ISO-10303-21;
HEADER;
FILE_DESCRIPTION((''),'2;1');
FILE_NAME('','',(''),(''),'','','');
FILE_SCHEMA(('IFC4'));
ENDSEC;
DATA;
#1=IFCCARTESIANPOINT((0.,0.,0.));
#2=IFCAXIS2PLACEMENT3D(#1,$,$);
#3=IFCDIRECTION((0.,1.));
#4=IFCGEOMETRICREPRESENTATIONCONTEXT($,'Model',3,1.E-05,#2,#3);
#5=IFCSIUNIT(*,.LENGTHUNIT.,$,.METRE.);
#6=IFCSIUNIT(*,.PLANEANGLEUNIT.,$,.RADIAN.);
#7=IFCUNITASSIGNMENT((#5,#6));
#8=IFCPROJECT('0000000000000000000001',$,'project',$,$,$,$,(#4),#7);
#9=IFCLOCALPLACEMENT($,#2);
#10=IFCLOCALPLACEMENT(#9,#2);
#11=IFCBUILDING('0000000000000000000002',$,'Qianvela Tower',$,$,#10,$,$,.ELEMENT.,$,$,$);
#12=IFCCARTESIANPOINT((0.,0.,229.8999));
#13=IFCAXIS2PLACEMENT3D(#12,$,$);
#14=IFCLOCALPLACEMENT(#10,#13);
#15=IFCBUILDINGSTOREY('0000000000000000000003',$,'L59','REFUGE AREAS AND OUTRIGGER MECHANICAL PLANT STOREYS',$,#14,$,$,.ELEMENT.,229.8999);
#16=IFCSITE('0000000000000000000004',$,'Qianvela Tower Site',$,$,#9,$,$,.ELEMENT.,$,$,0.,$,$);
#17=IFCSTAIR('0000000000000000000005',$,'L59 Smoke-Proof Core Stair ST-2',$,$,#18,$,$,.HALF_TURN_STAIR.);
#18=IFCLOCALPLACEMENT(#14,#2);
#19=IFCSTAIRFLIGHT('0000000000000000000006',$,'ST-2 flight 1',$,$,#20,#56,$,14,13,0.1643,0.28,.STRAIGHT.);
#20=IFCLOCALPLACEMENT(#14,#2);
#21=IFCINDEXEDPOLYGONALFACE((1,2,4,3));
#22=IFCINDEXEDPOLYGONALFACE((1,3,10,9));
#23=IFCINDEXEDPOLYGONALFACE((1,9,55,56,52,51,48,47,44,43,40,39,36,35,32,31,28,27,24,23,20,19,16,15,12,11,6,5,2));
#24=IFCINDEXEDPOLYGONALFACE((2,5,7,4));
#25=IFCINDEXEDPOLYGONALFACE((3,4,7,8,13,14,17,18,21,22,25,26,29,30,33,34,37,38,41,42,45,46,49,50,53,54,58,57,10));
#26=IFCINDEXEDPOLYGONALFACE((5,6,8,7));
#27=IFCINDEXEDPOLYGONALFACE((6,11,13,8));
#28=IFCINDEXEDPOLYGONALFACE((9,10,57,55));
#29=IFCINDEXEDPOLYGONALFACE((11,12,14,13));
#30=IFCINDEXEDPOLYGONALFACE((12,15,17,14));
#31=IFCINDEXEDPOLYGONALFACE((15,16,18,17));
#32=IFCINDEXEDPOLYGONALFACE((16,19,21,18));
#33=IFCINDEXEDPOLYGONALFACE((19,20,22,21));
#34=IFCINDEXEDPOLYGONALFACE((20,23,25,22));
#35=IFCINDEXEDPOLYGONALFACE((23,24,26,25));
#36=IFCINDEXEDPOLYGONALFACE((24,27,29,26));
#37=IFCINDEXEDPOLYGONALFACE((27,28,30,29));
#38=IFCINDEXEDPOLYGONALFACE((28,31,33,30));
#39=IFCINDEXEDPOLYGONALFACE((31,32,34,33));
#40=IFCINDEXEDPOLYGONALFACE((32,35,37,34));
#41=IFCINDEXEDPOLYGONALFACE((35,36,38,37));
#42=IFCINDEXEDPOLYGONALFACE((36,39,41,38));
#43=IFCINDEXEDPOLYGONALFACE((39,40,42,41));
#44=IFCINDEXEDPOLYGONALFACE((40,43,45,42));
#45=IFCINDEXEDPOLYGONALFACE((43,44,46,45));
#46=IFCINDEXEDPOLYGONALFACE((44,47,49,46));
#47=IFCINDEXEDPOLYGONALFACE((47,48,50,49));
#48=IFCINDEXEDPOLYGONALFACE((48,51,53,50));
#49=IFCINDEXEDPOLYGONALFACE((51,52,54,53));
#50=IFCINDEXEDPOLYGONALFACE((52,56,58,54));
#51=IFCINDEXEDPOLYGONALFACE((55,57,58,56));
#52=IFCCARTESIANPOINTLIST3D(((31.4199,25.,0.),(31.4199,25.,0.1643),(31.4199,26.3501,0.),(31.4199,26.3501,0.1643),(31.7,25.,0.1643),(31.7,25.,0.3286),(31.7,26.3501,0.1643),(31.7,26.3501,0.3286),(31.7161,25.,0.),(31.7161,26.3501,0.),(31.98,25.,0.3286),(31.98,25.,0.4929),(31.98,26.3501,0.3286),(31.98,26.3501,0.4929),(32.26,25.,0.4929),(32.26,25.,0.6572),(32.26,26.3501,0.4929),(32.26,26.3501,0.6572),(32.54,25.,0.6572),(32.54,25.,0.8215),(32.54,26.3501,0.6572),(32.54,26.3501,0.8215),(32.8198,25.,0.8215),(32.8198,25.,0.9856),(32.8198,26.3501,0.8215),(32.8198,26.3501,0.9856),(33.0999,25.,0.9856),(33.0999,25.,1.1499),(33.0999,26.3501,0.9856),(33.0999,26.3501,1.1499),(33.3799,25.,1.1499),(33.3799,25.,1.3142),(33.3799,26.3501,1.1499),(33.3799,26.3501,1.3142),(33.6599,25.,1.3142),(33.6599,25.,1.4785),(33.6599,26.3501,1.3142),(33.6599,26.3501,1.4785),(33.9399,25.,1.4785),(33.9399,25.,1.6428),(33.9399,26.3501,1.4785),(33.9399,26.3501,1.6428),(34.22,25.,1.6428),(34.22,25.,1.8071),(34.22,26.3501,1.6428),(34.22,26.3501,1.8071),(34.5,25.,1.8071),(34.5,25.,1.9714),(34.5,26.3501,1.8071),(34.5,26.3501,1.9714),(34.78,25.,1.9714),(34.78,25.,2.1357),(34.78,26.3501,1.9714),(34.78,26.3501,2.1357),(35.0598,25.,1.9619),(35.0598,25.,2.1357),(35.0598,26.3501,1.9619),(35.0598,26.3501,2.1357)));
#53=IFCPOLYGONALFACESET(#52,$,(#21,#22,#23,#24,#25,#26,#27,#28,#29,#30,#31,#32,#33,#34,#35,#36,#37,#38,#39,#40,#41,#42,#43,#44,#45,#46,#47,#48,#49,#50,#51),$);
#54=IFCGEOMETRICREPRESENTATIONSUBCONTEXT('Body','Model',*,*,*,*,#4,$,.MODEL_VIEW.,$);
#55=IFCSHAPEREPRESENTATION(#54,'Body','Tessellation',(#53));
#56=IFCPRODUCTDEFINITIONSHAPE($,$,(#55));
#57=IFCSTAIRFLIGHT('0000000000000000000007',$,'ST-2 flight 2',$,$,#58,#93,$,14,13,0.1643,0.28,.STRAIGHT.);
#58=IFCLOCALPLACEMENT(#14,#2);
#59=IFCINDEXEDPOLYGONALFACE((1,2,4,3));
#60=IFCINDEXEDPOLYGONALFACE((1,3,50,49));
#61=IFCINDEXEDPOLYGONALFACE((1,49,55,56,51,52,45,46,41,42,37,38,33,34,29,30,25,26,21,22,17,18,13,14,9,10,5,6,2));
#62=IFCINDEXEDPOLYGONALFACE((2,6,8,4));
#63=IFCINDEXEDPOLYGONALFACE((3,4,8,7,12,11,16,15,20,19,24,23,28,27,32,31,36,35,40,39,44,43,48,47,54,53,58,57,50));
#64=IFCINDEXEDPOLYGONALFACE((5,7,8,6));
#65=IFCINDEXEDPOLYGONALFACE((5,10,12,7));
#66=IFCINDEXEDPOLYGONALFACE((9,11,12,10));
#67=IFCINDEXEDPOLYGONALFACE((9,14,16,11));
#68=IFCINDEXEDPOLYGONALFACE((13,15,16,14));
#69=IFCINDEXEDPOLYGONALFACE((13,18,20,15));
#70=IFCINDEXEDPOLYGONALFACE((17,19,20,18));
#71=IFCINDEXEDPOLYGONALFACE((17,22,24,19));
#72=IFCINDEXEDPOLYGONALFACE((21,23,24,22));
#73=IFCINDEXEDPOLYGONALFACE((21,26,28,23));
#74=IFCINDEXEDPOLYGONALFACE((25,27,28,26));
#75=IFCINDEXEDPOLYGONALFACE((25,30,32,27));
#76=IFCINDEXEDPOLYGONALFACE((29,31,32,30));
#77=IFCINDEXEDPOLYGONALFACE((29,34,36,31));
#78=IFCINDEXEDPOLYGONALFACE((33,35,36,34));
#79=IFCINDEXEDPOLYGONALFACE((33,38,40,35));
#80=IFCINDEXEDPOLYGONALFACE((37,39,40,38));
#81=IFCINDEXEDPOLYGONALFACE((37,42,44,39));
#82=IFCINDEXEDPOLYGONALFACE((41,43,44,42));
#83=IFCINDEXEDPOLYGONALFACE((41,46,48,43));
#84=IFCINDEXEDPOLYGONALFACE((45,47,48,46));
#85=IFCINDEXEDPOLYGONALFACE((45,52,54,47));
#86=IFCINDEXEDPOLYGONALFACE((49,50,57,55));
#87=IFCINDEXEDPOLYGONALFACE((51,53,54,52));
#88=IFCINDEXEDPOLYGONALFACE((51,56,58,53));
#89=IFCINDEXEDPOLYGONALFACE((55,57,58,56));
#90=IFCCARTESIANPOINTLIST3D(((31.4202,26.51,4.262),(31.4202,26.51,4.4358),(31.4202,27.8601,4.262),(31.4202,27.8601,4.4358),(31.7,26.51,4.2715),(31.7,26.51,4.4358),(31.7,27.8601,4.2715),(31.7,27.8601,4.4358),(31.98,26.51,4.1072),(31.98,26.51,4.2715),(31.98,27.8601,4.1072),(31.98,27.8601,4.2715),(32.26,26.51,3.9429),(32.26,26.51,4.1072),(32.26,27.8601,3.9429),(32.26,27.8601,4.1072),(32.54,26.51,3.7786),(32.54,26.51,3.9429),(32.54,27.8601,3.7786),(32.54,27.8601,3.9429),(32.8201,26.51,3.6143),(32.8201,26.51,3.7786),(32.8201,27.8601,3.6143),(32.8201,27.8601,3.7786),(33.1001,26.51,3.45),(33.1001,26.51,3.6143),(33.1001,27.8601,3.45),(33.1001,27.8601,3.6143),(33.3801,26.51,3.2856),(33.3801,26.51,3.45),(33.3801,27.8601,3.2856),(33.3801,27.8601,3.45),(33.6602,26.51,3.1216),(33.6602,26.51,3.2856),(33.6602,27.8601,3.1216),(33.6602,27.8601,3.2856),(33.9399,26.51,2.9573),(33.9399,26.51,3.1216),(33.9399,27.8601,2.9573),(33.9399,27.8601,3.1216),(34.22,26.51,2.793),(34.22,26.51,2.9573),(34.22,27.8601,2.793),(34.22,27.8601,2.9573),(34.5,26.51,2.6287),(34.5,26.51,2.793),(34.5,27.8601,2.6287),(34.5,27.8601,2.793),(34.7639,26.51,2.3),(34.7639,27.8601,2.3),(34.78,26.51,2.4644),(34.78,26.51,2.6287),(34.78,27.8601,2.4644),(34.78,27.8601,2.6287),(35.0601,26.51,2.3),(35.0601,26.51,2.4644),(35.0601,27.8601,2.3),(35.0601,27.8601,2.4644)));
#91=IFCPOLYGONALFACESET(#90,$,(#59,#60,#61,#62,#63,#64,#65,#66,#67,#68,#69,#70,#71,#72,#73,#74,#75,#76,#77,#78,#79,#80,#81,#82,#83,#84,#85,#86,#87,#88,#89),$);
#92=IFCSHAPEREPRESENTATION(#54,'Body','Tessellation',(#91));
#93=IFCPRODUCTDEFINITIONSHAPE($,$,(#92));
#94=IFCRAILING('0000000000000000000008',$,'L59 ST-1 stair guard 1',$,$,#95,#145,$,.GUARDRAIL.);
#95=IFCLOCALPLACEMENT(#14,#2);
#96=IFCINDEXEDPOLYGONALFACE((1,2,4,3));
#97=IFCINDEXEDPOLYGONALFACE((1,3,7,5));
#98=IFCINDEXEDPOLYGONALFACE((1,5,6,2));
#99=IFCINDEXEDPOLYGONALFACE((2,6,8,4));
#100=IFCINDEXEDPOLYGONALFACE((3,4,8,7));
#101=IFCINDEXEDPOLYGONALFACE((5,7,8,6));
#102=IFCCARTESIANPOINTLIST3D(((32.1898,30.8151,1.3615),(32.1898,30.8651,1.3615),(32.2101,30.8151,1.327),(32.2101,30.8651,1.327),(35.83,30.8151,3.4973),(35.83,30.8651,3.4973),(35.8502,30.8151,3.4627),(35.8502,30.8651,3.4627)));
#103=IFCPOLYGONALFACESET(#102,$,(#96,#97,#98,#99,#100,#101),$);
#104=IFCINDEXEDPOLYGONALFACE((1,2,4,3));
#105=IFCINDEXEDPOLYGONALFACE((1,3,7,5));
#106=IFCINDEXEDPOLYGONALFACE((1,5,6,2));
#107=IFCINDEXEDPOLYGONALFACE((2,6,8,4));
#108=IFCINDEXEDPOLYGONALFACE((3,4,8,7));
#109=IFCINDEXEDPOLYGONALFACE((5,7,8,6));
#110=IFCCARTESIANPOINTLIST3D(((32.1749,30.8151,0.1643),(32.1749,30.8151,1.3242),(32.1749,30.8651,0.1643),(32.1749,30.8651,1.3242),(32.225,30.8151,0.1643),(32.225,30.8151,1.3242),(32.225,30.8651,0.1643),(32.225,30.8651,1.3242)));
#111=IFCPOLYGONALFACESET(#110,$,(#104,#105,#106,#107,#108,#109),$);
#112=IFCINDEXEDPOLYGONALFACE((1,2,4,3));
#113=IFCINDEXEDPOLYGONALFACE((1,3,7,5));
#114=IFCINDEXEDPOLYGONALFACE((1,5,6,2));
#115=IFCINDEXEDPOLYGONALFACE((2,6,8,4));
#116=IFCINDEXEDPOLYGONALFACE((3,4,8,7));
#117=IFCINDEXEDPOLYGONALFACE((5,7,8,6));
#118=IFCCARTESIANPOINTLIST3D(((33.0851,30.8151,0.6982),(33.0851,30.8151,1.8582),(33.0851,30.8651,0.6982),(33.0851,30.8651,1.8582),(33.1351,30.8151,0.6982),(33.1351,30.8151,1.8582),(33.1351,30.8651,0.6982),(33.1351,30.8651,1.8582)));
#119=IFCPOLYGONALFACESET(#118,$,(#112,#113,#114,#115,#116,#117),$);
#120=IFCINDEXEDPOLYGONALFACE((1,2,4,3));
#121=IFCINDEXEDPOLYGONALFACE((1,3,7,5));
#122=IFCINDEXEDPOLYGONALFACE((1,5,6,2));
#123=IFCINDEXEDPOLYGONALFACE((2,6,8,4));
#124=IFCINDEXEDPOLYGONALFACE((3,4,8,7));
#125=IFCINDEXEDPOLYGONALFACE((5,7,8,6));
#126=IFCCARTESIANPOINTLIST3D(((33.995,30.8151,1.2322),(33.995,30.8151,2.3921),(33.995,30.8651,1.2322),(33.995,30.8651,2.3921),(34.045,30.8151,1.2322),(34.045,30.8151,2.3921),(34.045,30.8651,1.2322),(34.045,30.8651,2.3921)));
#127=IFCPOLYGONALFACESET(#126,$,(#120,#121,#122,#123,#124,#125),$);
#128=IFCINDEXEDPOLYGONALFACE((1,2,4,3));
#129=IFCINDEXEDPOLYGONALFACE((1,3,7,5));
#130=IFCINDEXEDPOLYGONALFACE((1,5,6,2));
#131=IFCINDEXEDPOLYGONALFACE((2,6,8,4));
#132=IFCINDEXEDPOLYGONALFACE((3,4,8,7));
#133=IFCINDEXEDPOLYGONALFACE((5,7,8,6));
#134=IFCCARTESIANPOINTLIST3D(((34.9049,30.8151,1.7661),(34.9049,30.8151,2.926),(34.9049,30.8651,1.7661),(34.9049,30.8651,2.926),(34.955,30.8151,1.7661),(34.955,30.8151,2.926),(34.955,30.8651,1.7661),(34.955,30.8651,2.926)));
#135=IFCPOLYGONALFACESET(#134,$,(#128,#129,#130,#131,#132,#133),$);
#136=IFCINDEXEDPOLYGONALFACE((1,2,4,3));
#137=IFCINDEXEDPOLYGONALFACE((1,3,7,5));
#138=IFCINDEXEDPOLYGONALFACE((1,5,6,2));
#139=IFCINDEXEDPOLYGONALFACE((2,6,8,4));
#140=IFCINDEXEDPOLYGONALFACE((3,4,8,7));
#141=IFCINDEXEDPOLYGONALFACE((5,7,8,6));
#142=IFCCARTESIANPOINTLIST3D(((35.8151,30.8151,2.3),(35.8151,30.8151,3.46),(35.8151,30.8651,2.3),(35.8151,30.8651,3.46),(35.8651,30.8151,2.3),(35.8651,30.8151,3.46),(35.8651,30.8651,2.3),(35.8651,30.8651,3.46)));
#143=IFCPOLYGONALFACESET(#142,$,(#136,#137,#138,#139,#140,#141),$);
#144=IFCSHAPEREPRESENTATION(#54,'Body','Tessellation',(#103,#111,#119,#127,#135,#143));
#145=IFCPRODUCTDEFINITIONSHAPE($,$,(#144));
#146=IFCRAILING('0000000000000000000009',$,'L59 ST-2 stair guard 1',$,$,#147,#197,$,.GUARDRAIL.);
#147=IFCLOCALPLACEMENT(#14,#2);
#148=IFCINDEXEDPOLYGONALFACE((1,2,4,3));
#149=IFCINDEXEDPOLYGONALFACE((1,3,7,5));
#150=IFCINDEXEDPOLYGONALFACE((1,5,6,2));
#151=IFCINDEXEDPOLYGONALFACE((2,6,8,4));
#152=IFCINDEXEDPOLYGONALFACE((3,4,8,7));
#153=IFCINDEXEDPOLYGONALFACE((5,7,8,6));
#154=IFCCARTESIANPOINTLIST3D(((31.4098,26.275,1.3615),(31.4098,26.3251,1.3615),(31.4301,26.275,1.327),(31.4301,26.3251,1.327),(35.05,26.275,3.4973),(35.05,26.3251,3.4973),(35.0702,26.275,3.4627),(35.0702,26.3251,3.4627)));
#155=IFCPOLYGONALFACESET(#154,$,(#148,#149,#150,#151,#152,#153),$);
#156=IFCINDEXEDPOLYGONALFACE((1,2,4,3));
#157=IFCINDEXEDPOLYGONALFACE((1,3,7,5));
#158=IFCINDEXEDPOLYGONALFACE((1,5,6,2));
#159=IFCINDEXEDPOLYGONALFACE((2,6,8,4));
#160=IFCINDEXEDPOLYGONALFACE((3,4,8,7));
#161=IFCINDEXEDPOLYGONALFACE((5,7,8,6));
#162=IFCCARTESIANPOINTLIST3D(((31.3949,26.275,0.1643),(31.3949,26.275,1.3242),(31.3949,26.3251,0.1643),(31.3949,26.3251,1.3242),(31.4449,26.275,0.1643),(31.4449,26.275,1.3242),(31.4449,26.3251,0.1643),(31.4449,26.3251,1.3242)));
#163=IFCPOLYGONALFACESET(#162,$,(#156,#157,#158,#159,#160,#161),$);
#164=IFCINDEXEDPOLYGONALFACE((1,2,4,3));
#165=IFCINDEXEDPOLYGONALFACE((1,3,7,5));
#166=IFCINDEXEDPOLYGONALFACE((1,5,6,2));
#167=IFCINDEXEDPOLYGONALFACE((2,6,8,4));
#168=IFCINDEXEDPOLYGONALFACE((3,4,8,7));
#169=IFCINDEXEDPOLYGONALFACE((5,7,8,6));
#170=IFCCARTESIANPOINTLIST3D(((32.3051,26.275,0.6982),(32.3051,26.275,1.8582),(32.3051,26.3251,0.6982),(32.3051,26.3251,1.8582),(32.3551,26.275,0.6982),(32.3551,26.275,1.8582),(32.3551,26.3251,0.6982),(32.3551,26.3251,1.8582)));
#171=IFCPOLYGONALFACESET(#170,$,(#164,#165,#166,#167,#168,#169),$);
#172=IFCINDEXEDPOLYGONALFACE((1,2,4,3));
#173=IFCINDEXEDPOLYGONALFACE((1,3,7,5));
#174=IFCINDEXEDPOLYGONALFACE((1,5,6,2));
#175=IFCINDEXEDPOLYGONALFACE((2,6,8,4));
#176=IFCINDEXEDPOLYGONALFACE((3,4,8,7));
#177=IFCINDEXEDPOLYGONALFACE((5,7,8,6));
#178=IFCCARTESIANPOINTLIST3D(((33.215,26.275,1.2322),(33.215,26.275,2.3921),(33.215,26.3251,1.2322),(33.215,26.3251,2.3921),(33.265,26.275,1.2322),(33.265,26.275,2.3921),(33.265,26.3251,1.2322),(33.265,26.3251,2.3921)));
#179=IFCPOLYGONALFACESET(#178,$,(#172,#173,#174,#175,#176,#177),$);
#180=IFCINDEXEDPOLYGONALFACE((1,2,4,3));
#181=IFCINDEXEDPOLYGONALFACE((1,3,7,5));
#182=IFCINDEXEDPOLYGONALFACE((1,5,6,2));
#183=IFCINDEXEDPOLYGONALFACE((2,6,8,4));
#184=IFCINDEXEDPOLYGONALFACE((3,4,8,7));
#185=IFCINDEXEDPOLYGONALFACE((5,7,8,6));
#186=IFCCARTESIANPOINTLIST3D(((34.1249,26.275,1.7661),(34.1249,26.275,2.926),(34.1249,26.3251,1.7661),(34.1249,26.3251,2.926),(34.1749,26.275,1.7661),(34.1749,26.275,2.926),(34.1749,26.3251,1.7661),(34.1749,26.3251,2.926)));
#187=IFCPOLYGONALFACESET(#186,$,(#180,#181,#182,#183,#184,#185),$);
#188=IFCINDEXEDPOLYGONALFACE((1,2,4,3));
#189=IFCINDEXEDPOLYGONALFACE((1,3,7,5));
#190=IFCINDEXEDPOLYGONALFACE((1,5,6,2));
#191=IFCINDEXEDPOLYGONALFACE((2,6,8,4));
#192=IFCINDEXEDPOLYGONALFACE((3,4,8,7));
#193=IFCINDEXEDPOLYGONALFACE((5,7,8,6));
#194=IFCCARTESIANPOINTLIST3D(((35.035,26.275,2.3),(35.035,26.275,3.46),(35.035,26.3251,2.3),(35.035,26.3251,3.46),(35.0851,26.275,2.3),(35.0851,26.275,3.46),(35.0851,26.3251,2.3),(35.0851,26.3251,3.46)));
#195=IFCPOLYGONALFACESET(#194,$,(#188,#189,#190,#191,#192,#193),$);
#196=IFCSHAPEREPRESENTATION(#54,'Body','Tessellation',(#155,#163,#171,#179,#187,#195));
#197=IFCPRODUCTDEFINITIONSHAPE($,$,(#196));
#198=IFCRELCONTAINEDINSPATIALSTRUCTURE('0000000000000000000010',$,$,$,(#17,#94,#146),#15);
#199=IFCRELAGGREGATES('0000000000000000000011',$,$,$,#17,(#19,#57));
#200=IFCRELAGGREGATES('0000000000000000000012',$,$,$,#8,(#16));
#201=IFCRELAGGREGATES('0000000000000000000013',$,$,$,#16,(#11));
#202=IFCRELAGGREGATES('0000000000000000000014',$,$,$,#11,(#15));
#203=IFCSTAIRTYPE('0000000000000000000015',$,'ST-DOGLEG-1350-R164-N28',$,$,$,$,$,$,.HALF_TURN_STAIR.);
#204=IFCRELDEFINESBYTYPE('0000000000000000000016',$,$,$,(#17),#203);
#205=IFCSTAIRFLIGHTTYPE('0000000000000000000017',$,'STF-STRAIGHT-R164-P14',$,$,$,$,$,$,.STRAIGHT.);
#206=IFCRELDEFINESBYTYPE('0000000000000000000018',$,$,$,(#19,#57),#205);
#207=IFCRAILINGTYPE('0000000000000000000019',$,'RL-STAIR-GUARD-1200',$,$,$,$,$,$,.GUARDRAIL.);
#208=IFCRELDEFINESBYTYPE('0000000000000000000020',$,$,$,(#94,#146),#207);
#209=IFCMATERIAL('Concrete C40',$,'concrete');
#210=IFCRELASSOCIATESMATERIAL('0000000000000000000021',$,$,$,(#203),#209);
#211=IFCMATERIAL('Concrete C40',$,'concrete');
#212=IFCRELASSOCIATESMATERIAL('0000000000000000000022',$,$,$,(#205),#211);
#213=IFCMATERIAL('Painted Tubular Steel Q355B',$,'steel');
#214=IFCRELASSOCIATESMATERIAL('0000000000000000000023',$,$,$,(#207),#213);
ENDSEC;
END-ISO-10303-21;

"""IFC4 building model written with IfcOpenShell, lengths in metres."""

from ifc_helpers import new_model, si_unit, direction, frame, origin, origin_2d, place, context, subcontext, project, spatial, polyline, rectangle, outline, extrude, material, type_object, element, aggregate, save


model = new_model("IFC4")

# Units and contexts
model_context = context("Model", 3, precision=1e-05, world=origin(), true_north=direction((0.0, 1.0)))
body_context = subcontext(model_context, "Body", "Model", "MODEL_VIEW")
ifc_project = project(units=[si_unit("LENGTHUNIT", "METRE"), si_unit("PLANEANGLEUNIT", "RADIAN")], contexts=[model_context])

# Site, building, storey
site_placement = place(None, origin())
site = spatial("IfcSite", under=ifc_project, at=site_placement, Name="Qianvela Tower Site", CompositionType="ELEMENT", RefElevation=0.0)
building_placement = place(site_placement, origin())
building = spatial("IfcBuilding", under=site, at=building_placement, Name="Qianvela Tower", CompositionType="ELEMENT")
storey_placement = place(building_placement, frame((0.0, 0.0, 229.8999)))
storey = spatial("IfcBuildingStorey", under=building, at=storey_placement, Name="L59", Description="REFUGE AREAS AND OUTRIGGER MECHANICAL PLANT STOREYS", CompositionType="ELEMENT", Elevation=229.8999)

# Shared definitions
ifc_material_1 = material(Name="Concrete C40", Category="concrete")
stair_type = type_object("IfcStairType", Name="ST-DOGLEG-1350-R164-N28", PredefinedType="HALF_TURN_STAIR", material=ifc_material_1)
ifc_material_2 = material(Name="Concrete C40", Category="concrete")
stair_flight_type = type_object("IfcStairFlightType", Name="STF-STRAIGHT-R164-P14", PredefinedType="STRAIGHT", material=ifc_material_2)

# Stair, stair flights
stair_1_placement = place(storey_placement, origin())
stair_1 = element("IfcStair", 1, at=stair_1_placement, inside=storey, type_object=stair_type, Name="L59 Smoke-Proof Core Stair ST-2", PredefinedType="HALF_TURN_STAIR")
stair_flight_1_placement = place(storey_placement, frame((31.4199, 25.675, 0.0), z_axis=(0.0, 0.0, 1.0), x_axis=(1.0, 0.0, 0.0)))
stair_flight_1 = element("IfcStairFlight", 2, at=stair_flight_1_placement, type_object=stair_flight_type, Name="ST-2 flight 1", NumberOfRisers=14, NumberOfTreads=13, PredefinedType="STRAIGHT", RiserHeight=0.1643, TreadLength=0.28, context=body_context, shape_type="SweptSolid", body=[
    extrude(outline(polyline([(0.0, 0.0), (0.0, 0.1643), (0.28, 0.1643), (0.28, 0.3286), (0.5601, 0.3286), (0.5601, 0.4929), (0.8401, 0.4929), (0.8401, 0.6572), (1.1201, 0.6572), (1.1201, 0.8215), (1.3999, 0.8215), (1.3999, 0.9856), (1.6799, 0.9856), (1.6799, 1.1499), (1.96, 1.1499), (1.96, 1.3142), (2.24, 1.3142), (2.24, 1.4785), (2.52, 1.4785), (2.52, 1.6428), (2.8, 1.6428), (2.8, 1.8071), (3.0801, 1.8071), (3.0801, 1.9714), (3.3601, 1.9714), (3.3601, 2.1357), (3.6399, 2.1357), (3.6399, 2.3), (3.6399, 1.9619), (0.2961, 0.0), (0.0, 0.0)])), frame((0.0, 0.675, 0.0), z_axis=(0.0, -1.0, 0.0), x_axis=(1.0, 0.0, 0.0)), (0.0, 0.0, 1.0), 1.3501),
])
stair_flight_2_placement = place(storey_placement, frame((35.0601, 27.1851, 2.3), z_axis=(0.0, 0.0, 1.0), x_axis=(-1.0, 0.0, 0.0)))
stair_flight_2 = element("IfcStairFlight", 3, at=stair_flight_2_placement, type_object=stair_flight_type, Name="ST-2 flight 2", NumberOfRisers=14, NumberOfTreads=13, PredefinedType="STRAIGHT", RiserHeight=0.1643, TreadLength=0.28, context=body_context, shape_type="SweptSolid", body=[
    extrude(outline(polyline([(0.0, 0.0), (0.0, 0.1643), (0.28, 0.1643), (0.28, 0.3286), (0.5601, 0.3286), (0.5601, 0.4929), (0.8401, 0.4929), (0.8401, 0.6572), (1.1201, 0.6572), (1.1201, 0.8215), (1.3999, 0.8215), (1.3999, 0.9856), (1.6799, 0.9856), (1.6799, 1.1499), (1.96, 1.1499), (1.96, 1.3142), (2.24, 1.3142), (2.24, 1.4785), (2.52, 1.4785), (2.52, 1.6428), (2.8, 1.6428), (2.8, 1.8071), (3.0801, 1.8071), (3.0801, 1.9714), (3.3601, 1.9714), (3.3601, 2.1357), (3.6399, 2.1357), (3.6399, 2.3), (3.6399, 1.9619), (0.2961, 0.0), (0.0, 0.0)])), frame((0.0, 0.675, 0.0), z_axis=(0.0, -1.0, 0.0), x_axis=(1.0, 0.0, 0.0)), (0.0, 0.0, 1.0), 1.3501),
])
aggregate(stair_1, [stair_flight_1, stair_flight_2])

# Railings
ifc_material_3 = material(Name="Painted Tubular Steel Q355B", Category="steel")
railing_type_1 = type_object("IfcRailingType", Name="RL-STAIR-GUARD-1200", PredefinedType="GUARDRAIL", material=ifc_material_3)
for number, where, name in (
    (4, (32.2, 30.8401, 0.1643), "L59 ST-1 stair guard 1"),
    (5, (31.4199, 26.3, 0.1643), "L59 ST-2 stair guard 1"),
):
    element("IfcRailing", number, at=place(storey_placement, frame(where)), inside=storey, type_object=railing_type_1, Name=name, PredefinedType="GUARDRAIL", context=body_context, shape_type="SweptSolid", body=[
        extrude(rectangle(XDim=0.05, YDim=0.04, at=origin_2d()), frame((0.0, 0.0, 1.1799), z_axis=(0.862505, 0.0, 0.506049), x_axis=(0.0, 1.0, 0.0)), (0.0, 0.0, 1.0), 4.2205),
        extrude(rectangle(XDim=0.05, YDim=0.05, at=origin_2d()), origin(), (0.0, 0.0, 1.0), 1.1599),
        extrude(rectangle(XDim=0.05, YDim=0.05, at=origin_2d()), frame((0.9102, 0.0, 0.5339)), (0.0, 0.0, 1.0), 1.1599),
        extrude(rectangle(XDim=0.05, YDim=0.05, at=origin_2d()), frame((1.8201, 0.0, 1.0679)), (0.0, 0.0, 1.0), 1.1599),
        extrude(rectangle(XDim=0.05, YDim=0.05, at=origin_2d()), frame((2.73, 0.0, 1.6018)), (0.0, 0.0, 1.0), 1.1599),
        extrude(rectangle(XDim=0.05, YDim=0.05, at=origin_2d()), frame((3.6401, 0.0, 2.1357)), (0.0, 0.0, 1.0), 1.1599),
    ])

save(model, "model.ifc")
